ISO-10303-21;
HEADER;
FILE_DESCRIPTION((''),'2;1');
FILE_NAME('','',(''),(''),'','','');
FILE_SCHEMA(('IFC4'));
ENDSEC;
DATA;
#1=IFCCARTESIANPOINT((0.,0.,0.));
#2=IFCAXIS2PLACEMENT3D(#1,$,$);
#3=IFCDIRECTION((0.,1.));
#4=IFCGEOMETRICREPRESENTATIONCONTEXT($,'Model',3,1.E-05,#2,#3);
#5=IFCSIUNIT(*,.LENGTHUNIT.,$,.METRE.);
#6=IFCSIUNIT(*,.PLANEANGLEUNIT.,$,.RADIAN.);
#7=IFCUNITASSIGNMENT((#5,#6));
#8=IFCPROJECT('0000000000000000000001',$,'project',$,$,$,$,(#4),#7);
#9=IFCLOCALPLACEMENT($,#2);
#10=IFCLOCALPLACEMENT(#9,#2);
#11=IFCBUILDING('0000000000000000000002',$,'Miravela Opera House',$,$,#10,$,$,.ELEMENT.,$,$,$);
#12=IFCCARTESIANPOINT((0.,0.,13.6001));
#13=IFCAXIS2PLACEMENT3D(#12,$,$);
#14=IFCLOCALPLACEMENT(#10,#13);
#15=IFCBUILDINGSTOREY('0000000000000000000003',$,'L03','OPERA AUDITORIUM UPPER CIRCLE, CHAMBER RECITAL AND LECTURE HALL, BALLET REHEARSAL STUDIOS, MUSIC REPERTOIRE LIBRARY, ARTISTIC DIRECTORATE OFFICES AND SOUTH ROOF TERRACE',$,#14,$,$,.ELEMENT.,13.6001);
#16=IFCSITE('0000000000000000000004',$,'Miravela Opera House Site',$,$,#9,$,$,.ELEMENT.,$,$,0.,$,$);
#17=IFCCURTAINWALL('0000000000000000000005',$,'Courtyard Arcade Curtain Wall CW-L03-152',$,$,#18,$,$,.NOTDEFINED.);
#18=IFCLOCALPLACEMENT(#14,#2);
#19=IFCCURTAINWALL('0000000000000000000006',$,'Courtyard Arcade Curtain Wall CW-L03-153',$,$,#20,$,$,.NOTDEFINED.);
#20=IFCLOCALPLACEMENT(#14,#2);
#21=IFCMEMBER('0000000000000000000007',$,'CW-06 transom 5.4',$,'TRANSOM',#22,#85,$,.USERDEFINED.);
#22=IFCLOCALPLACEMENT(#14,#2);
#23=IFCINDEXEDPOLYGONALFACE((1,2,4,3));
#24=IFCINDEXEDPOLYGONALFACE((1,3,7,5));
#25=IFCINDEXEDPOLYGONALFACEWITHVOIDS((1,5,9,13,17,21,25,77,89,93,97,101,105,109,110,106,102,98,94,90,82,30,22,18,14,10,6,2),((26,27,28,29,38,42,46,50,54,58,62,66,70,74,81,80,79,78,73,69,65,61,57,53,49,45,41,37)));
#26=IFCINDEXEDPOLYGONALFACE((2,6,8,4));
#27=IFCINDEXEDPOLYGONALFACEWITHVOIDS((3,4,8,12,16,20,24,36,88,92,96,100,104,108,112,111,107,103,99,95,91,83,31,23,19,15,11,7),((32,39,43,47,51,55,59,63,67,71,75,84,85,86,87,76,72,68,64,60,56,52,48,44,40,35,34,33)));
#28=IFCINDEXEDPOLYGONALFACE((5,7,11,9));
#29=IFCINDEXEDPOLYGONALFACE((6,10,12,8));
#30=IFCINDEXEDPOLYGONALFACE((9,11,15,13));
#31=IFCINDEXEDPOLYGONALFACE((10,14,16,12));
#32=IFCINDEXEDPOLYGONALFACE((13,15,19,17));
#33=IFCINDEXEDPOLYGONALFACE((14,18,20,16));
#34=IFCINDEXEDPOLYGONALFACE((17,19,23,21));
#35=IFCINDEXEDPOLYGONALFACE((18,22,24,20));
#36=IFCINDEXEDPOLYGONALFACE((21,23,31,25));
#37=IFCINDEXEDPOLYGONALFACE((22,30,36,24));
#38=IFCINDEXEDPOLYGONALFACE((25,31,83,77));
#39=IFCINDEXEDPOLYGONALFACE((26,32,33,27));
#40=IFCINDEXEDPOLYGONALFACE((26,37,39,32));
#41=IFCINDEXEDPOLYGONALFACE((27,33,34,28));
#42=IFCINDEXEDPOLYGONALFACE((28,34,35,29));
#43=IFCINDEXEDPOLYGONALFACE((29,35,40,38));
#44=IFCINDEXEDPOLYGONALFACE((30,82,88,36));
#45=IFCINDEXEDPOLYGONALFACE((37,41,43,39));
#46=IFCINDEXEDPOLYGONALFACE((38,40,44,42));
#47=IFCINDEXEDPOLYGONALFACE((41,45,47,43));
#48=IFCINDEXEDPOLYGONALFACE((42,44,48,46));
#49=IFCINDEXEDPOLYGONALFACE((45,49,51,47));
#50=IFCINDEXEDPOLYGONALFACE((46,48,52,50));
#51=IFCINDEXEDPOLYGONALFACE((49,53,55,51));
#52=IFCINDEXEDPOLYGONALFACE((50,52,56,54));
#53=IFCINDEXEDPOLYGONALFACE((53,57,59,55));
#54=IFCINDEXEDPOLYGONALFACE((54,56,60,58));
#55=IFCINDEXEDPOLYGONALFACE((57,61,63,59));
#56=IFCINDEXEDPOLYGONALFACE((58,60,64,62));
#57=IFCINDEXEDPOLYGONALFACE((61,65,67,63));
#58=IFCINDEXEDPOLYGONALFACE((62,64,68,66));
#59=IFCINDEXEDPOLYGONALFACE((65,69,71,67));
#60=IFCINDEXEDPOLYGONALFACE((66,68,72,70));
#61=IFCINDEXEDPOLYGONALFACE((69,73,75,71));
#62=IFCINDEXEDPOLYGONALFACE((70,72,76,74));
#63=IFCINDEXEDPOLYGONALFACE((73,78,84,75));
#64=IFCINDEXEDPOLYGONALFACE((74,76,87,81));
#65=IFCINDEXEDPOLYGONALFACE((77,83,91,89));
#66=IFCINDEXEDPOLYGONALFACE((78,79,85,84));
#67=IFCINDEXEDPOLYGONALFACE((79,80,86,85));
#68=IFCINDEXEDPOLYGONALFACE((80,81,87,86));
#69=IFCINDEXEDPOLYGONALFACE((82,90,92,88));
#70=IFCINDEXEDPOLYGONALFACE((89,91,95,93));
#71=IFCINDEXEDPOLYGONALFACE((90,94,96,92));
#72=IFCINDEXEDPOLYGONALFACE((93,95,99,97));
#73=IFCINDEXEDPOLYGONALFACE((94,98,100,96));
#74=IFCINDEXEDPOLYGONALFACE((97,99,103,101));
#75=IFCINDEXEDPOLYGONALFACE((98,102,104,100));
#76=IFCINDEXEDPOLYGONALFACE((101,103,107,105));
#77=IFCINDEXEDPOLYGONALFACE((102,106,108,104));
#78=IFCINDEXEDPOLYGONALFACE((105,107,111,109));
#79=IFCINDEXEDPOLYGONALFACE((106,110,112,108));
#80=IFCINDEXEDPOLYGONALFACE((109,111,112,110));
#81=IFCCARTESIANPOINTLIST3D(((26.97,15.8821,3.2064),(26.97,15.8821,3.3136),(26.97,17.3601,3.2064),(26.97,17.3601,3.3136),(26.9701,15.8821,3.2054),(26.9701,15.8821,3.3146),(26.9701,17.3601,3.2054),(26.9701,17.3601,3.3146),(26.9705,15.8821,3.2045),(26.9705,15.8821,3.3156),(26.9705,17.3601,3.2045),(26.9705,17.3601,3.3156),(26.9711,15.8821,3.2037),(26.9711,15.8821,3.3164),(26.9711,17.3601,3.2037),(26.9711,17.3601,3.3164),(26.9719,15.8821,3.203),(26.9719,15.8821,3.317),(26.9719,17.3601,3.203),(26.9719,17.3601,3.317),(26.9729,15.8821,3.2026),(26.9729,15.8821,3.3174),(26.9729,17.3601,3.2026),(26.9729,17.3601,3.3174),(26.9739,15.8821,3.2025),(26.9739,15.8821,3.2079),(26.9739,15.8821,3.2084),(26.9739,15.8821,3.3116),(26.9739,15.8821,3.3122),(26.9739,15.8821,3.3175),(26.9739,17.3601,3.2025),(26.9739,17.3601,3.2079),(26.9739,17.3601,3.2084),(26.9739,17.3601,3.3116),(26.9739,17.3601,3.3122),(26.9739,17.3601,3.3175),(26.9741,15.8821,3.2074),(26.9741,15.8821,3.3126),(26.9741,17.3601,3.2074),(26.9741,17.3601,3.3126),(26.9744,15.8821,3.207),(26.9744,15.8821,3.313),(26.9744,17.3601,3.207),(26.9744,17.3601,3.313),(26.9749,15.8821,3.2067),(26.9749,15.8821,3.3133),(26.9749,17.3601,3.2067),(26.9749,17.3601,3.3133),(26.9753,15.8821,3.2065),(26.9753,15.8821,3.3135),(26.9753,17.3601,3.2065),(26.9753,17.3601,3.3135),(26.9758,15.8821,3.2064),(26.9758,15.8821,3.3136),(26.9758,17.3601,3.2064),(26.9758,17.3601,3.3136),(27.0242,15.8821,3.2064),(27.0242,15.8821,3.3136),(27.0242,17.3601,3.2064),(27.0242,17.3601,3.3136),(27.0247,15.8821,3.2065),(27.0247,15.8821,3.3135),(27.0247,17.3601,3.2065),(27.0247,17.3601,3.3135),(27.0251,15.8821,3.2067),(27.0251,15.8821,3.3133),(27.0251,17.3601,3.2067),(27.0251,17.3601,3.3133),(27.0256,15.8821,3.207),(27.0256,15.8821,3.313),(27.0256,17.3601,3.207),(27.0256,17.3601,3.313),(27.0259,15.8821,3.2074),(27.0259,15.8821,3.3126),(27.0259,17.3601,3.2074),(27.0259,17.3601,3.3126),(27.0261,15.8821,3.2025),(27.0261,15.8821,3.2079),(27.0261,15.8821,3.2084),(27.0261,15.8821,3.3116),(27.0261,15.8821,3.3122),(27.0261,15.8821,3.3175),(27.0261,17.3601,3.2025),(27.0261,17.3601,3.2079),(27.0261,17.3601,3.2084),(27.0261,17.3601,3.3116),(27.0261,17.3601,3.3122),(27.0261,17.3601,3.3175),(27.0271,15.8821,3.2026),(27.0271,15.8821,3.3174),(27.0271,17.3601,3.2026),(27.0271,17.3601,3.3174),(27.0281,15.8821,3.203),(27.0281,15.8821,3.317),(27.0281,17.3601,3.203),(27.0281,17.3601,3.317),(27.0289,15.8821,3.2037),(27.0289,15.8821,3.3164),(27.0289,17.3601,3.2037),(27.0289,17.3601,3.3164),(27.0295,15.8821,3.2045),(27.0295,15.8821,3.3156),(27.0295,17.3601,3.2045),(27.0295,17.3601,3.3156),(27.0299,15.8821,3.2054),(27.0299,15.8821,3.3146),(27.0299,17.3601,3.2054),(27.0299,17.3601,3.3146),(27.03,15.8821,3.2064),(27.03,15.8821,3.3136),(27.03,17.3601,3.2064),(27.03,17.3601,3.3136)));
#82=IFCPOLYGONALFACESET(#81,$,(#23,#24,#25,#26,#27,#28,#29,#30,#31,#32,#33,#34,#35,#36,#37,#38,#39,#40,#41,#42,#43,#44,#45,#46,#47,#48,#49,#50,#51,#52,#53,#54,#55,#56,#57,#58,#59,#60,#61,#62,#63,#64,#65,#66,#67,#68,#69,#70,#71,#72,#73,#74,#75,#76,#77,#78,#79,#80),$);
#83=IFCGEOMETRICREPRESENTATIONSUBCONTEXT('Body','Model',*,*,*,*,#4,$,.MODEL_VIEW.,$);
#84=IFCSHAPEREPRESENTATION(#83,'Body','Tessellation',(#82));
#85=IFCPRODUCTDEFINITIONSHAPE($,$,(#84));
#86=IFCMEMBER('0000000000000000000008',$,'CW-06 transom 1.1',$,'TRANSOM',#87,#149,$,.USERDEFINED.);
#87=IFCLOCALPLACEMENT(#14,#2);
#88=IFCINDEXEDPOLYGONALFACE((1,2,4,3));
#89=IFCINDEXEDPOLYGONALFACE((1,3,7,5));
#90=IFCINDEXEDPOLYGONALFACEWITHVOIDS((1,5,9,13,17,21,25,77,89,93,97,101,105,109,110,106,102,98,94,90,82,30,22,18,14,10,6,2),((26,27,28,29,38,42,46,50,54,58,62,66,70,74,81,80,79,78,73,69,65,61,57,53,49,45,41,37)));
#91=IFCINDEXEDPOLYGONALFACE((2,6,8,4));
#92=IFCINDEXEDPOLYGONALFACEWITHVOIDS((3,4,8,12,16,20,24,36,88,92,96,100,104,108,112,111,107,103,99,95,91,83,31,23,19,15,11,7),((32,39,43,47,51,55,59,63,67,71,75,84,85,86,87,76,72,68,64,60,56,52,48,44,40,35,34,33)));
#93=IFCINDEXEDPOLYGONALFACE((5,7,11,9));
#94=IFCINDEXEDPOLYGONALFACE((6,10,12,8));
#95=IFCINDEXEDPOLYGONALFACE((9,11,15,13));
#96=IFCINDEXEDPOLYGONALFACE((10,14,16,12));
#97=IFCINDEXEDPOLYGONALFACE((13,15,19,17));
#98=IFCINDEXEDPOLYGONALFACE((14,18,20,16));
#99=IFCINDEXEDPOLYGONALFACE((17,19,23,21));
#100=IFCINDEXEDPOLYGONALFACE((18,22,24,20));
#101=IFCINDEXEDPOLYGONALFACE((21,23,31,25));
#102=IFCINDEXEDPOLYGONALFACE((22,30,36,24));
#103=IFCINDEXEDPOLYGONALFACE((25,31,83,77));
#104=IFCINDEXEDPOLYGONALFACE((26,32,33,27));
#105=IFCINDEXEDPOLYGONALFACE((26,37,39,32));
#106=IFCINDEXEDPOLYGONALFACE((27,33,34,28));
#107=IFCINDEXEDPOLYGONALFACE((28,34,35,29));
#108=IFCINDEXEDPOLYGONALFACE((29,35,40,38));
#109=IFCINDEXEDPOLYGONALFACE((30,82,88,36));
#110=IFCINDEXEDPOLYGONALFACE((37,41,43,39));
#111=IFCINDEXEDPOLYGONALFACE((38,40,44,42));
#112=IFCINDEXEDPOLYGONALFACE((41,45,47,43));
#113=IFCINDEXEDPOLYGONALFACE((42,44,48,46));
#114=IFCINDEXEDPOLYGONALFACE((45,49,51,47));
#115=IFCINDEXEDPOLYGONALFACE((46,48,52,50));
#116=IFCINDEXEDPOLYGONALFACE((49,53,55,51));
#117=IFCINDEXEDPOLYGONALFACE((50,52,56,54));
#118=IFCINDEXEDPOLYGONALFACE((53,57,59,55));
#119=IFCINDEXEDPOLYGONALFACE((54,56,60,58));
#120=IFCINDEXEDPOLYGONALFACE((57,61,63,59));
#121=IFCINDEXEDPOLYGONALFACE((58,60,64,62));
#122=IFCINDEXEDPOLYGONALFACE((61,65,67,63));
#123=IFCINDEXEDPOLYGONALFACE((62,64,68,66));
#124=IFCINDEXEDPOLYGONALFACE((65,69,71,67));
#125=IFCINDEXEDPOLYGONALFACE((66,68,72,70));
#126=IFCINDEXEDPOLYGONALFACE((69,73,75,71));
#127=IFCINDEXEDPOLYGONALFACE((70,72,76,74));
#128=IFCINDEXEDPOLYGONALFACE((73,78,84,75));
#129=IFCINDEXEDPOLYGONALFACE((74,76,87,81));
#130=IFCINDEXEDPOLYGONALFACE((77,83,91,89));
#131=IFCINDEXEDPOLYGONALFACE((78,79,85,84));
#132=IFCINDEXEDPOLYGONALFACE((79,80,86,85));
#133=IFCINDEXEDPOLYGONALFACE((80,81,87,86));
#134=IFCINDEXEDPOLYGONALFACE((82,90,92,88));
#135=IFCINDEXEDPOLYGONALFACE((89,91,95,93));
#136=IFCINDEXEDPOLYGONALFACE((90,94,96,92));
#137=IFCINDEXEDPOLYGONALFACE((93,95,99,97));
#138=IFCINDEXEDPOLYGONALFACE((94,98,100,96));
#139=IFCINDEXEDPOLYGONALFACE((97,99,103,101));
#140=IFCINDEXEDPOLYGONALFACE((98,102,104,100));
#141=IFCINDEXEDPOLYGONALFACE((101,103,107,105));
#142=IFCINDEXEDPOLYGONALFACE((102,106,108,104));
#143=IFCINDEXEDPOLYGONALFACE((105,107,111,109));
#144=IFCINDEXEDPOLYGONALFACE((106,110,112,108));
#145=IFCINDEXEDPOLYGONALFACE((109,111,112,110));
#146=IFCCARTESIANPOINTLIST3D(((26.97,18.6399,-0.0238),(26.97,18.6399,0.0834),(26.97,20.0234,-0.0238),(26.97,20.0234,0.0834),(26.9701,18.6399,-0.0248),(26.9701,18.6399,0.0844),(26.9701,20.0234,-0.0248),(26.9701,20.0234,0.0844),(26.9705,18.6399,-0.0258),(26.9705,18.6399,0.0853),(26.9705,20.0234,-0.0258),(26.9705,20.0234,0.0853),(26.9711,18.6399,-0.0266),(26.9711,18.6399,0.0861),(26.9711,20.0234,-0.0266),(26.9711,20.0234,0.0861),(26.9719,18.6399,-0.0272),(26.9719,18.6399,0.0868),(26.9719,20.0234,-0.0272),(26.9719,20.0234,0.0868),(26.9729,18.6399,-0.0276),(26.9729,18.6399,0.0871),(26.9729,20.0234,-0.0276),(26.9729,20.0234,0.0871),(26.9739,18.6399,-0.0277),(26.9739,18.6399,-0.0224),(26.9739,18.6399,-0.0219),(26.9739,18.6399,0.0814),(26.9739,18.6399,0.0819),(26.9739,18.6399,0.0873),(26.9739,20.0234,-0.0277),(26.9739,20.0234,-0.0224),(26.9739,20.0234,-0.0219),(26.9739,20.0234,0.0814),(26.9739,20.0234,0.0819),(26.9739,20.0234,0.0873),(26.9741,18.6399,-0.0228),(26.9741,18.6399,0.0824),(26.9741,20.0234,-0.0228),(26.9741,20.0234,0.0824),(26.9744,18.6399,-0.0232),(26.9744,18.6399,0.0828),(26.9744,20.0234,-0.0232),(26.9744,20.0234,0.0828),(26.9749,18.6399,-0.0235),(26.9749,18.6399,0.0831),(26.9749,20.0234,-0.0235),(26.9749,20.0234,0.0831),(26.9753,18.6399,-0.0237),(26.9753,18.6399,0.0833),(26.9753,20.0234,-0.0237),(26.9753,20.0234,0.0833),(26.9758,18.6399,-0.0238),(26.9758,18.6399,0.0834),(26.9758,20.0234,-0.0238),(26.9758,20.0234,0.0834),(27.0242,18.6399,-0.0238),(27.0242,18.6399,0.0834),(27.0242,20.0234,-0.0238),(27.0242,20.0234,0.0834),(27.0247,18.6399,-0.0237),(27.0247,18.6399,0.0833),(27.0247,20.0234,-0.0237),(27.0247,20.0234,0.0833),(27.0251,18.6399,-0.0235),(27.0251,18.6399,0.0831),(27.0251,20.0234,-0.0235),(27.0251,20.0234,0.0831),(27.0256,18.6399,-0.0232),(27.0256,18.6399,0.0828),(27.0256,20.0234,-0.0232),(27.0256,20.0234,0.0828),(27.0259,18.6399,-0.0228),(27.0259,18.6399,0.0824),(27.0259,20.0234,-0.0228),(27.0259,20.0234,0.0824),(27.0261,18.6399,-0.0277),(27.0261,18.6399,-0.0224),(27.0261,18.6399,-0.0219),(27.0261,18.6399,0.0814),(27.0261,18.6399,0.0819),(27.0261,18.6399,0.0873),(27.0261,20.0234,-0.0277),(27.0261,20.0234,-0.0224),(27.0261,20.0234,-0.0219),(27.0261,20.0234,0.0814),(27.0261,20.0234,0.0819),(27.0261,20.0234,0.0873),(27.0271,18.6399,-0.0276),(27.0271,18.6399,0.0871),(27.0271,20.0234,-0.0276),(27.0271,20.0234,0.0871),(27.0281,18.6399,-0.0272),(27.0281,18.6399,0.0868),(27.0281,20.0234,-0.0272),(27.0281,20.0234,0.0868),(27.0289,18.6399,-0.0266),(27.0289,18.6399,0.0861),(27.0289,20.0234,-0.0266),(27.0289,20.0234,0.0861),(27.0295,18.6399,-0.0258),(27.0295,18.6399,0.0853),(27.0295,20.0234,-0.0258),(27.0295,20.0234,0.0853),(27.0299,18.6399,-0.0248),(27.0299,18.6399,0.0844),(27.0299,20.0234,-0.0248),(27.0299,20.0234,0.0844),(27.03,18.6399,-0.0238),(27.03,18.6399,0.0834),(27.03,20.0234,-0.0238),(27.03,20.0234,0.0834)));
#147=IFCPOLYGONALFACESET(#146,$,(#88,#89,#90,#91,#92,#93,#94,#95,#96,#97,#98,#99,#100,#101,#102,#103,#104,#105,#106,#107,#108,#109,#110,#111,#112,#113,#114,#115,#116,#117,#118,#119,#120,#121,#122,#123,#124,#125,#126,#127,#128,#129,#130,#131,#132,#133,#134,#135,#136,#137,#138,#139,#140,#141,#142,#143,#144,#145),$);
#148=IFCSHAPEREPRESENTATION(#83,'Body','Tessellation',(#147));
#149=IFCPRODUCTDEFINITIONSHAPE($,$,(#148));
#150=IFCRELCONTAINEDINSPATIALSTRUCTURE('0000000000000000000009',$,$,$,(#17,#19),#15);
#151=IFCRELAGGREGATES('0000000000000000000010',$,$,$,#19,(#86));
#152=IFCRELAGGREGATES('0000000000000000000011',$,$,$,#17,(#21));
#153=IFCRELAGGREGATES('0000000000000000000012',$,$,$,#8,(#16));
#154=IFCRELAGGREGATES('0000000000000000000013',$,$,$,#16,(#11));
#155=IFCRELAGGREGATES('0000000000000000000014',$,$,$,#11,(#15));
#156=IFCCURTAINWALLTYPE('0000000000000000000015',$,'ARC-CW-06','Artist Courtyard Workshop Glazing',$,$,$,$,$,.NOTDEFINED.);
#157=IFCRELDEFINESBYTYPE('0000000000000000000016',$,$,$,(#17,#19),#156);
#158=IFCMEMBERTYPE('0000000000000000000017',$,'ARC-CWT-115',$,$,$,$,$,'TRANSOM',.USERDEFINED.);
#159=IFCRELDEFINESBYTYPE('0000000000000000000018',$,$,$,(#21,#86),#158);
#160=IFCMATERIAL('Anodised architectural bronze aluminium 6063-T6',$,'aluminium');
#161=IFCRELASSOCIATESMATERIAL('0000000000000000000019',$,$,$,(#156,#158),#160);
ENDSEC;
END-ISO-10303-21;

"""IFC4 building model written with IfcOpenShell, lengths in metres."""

from ifc_helpers import new_model, si_unit, direction, frame, origin, origin_2d, place, context, subcontext, project, spatial, hollow_rectangle, extrude, material, material_profile, profile_set, type_object, element, aggregate, save


model = new_model("IFC4")

# Units and contexts
model_context = context("Model", 3, precision=1e-05, world=origin(), true_north=direction((0.0, 1.0)))
body_context = subcontext(model_context, "Body", "Model", "MODEL_VIEW")
ifc_project = project(units=[si_unit("LENGTHUNIT", "METRE"), si_unit("PLANEANGLEUNIT", "RADIAN")], contexts=[model_context])

# Site, building, storey
site_placement = place(None, origin())
site = spatial("IfcSite", under=ifc_project, at=site_placement, Name="Miravela Opera House Site", CompositionType="ELEMENT", RefElevation=0.0)
building_placement = place(site_placement, origin())
building = spatial("IfcBuilding", under=site, at=building_placement, Name="Miravela Opera House", CompositionType="ELEMENT")
storey_placement = place(building_placement, frame((0.0, 0.0, 13.6001)))
storey = spatial("IfcBuildingStorey", under=building, at=storey_placement, Name="L03", Description="OPERA AUDITORIUM UPPER CIRCLE, CHAMBER RECITAL AND LECTURE HALL, BALLET REHEARSAL STUDIOS, MUSIC REPERTOIRE LIBRARY, ARTISTIC DIRECTORATE OFFICES AND SOUTH ROOF TERRACE", CompositionType="ELEMENT", Elevation=13.6001)

# Curtain walls
ifc_material_1 = material(Name="Anodised architectural bronze aluminium 6063-T6", Category="aluminium")
curtain_wall_type = type_object("IfcCurtainWallType", Name="ARC-CW-06", Description="Artist Courtyard Workshop Glazing", PredefinedType="NOTDEFINED", material=ifc_material_1)
curtain_wall_1_placement = place(storey_placement, origin())
curtain_wall_1 = element("IfcCurtainWall", 1, at=curtain_wall_1_placement, inside=storey, type_object=curtain_wall_type, Name="Courtyard Arcade Curtain Wall CW-L03-152", PredefinedType="NOTDEFINED")
curtain_wall_2_placement = place(storey_placement, origin())
curtain_wall_2 = element("IfcCurtainWall", 2, at=curtain_wall_2_placement, inside=storey, type_object=curtain_wall_type, Name="Courtyard Arcade Curtain Wall CW-L03-153", PredefinedType="NOTDEFINED")

# Members
ifc_material_profile_1 = material_profile(ifc_material_1, hollow_rectangle(XDim=0.0601, YDim=0.115, WallThickness=0.0039, InnerFilletRadius=0.002, OuterFilletRadius=0.0039, at=origin_2d()), Name="CWT-60X115")
ifc_profile_set_1 = profile_set([ifc_material_profile_1])
member_type_1 = type_object("IfcMemberType", Name="ARC-CWT-115", ElementType="TRANSOM", PredefinedType="USERDEFINED", material=ifc_profile_set_1)
member_1_placement = place(storey_placement, frame((27.0, 15.8821, 3.26), z_axis=(0.0, 1.0, 0.0), x_axis=(-1.0, 0.0, 0.0)))
member_1 = element("IfcMember", 3, at=member_1_placement, type_object=member_type_1, Name="CW-06 transom 5.4", ObjectType="TRANSOM", PredefinedType="USERDEFINED", context=body_context, shape_type="SweptSolid", body=[
    extrude(hollow_rectangle(XDim=0.0601, YDim=0.115, WallThickness=0.0039, InnerFilletRadius=0.002, OuterFilletRadius=0.0039, at=origin_2d()), origin(), (0.0, 0.0, 1.0), 1.478),
])
member_2_placement = place(storey_placement, frame((27.0, 18.6399, 0.0298), z_axis=(0.0, 1.0, 0.0), x_axis=(-1.0, 0.0, 0.0)))
member_2 = element("IfcMember", 4, at=member_2_placement, type_object=member_type_1, Name="CW-06 transom 1.1", ObjectType="TRANSOM", PredefinedType="USERDEFINED", context=body_context, shape_type="SweptSolid", body=[
    extrude(hollow_rectangle(XDim=0.0601, YDim=0.115, WallThickness=0.0039, InnerFilletRadius=0.002, OuterFilletRadius=0.0039, at=origin_2d()), origin(), (0.0, 0.0, 1.0), 1.3835),
])
aggregate(curtain_wall_2, [member_2])

aggregate(curtain_wall_1, [member_1])

save(model, "model.ifc")
